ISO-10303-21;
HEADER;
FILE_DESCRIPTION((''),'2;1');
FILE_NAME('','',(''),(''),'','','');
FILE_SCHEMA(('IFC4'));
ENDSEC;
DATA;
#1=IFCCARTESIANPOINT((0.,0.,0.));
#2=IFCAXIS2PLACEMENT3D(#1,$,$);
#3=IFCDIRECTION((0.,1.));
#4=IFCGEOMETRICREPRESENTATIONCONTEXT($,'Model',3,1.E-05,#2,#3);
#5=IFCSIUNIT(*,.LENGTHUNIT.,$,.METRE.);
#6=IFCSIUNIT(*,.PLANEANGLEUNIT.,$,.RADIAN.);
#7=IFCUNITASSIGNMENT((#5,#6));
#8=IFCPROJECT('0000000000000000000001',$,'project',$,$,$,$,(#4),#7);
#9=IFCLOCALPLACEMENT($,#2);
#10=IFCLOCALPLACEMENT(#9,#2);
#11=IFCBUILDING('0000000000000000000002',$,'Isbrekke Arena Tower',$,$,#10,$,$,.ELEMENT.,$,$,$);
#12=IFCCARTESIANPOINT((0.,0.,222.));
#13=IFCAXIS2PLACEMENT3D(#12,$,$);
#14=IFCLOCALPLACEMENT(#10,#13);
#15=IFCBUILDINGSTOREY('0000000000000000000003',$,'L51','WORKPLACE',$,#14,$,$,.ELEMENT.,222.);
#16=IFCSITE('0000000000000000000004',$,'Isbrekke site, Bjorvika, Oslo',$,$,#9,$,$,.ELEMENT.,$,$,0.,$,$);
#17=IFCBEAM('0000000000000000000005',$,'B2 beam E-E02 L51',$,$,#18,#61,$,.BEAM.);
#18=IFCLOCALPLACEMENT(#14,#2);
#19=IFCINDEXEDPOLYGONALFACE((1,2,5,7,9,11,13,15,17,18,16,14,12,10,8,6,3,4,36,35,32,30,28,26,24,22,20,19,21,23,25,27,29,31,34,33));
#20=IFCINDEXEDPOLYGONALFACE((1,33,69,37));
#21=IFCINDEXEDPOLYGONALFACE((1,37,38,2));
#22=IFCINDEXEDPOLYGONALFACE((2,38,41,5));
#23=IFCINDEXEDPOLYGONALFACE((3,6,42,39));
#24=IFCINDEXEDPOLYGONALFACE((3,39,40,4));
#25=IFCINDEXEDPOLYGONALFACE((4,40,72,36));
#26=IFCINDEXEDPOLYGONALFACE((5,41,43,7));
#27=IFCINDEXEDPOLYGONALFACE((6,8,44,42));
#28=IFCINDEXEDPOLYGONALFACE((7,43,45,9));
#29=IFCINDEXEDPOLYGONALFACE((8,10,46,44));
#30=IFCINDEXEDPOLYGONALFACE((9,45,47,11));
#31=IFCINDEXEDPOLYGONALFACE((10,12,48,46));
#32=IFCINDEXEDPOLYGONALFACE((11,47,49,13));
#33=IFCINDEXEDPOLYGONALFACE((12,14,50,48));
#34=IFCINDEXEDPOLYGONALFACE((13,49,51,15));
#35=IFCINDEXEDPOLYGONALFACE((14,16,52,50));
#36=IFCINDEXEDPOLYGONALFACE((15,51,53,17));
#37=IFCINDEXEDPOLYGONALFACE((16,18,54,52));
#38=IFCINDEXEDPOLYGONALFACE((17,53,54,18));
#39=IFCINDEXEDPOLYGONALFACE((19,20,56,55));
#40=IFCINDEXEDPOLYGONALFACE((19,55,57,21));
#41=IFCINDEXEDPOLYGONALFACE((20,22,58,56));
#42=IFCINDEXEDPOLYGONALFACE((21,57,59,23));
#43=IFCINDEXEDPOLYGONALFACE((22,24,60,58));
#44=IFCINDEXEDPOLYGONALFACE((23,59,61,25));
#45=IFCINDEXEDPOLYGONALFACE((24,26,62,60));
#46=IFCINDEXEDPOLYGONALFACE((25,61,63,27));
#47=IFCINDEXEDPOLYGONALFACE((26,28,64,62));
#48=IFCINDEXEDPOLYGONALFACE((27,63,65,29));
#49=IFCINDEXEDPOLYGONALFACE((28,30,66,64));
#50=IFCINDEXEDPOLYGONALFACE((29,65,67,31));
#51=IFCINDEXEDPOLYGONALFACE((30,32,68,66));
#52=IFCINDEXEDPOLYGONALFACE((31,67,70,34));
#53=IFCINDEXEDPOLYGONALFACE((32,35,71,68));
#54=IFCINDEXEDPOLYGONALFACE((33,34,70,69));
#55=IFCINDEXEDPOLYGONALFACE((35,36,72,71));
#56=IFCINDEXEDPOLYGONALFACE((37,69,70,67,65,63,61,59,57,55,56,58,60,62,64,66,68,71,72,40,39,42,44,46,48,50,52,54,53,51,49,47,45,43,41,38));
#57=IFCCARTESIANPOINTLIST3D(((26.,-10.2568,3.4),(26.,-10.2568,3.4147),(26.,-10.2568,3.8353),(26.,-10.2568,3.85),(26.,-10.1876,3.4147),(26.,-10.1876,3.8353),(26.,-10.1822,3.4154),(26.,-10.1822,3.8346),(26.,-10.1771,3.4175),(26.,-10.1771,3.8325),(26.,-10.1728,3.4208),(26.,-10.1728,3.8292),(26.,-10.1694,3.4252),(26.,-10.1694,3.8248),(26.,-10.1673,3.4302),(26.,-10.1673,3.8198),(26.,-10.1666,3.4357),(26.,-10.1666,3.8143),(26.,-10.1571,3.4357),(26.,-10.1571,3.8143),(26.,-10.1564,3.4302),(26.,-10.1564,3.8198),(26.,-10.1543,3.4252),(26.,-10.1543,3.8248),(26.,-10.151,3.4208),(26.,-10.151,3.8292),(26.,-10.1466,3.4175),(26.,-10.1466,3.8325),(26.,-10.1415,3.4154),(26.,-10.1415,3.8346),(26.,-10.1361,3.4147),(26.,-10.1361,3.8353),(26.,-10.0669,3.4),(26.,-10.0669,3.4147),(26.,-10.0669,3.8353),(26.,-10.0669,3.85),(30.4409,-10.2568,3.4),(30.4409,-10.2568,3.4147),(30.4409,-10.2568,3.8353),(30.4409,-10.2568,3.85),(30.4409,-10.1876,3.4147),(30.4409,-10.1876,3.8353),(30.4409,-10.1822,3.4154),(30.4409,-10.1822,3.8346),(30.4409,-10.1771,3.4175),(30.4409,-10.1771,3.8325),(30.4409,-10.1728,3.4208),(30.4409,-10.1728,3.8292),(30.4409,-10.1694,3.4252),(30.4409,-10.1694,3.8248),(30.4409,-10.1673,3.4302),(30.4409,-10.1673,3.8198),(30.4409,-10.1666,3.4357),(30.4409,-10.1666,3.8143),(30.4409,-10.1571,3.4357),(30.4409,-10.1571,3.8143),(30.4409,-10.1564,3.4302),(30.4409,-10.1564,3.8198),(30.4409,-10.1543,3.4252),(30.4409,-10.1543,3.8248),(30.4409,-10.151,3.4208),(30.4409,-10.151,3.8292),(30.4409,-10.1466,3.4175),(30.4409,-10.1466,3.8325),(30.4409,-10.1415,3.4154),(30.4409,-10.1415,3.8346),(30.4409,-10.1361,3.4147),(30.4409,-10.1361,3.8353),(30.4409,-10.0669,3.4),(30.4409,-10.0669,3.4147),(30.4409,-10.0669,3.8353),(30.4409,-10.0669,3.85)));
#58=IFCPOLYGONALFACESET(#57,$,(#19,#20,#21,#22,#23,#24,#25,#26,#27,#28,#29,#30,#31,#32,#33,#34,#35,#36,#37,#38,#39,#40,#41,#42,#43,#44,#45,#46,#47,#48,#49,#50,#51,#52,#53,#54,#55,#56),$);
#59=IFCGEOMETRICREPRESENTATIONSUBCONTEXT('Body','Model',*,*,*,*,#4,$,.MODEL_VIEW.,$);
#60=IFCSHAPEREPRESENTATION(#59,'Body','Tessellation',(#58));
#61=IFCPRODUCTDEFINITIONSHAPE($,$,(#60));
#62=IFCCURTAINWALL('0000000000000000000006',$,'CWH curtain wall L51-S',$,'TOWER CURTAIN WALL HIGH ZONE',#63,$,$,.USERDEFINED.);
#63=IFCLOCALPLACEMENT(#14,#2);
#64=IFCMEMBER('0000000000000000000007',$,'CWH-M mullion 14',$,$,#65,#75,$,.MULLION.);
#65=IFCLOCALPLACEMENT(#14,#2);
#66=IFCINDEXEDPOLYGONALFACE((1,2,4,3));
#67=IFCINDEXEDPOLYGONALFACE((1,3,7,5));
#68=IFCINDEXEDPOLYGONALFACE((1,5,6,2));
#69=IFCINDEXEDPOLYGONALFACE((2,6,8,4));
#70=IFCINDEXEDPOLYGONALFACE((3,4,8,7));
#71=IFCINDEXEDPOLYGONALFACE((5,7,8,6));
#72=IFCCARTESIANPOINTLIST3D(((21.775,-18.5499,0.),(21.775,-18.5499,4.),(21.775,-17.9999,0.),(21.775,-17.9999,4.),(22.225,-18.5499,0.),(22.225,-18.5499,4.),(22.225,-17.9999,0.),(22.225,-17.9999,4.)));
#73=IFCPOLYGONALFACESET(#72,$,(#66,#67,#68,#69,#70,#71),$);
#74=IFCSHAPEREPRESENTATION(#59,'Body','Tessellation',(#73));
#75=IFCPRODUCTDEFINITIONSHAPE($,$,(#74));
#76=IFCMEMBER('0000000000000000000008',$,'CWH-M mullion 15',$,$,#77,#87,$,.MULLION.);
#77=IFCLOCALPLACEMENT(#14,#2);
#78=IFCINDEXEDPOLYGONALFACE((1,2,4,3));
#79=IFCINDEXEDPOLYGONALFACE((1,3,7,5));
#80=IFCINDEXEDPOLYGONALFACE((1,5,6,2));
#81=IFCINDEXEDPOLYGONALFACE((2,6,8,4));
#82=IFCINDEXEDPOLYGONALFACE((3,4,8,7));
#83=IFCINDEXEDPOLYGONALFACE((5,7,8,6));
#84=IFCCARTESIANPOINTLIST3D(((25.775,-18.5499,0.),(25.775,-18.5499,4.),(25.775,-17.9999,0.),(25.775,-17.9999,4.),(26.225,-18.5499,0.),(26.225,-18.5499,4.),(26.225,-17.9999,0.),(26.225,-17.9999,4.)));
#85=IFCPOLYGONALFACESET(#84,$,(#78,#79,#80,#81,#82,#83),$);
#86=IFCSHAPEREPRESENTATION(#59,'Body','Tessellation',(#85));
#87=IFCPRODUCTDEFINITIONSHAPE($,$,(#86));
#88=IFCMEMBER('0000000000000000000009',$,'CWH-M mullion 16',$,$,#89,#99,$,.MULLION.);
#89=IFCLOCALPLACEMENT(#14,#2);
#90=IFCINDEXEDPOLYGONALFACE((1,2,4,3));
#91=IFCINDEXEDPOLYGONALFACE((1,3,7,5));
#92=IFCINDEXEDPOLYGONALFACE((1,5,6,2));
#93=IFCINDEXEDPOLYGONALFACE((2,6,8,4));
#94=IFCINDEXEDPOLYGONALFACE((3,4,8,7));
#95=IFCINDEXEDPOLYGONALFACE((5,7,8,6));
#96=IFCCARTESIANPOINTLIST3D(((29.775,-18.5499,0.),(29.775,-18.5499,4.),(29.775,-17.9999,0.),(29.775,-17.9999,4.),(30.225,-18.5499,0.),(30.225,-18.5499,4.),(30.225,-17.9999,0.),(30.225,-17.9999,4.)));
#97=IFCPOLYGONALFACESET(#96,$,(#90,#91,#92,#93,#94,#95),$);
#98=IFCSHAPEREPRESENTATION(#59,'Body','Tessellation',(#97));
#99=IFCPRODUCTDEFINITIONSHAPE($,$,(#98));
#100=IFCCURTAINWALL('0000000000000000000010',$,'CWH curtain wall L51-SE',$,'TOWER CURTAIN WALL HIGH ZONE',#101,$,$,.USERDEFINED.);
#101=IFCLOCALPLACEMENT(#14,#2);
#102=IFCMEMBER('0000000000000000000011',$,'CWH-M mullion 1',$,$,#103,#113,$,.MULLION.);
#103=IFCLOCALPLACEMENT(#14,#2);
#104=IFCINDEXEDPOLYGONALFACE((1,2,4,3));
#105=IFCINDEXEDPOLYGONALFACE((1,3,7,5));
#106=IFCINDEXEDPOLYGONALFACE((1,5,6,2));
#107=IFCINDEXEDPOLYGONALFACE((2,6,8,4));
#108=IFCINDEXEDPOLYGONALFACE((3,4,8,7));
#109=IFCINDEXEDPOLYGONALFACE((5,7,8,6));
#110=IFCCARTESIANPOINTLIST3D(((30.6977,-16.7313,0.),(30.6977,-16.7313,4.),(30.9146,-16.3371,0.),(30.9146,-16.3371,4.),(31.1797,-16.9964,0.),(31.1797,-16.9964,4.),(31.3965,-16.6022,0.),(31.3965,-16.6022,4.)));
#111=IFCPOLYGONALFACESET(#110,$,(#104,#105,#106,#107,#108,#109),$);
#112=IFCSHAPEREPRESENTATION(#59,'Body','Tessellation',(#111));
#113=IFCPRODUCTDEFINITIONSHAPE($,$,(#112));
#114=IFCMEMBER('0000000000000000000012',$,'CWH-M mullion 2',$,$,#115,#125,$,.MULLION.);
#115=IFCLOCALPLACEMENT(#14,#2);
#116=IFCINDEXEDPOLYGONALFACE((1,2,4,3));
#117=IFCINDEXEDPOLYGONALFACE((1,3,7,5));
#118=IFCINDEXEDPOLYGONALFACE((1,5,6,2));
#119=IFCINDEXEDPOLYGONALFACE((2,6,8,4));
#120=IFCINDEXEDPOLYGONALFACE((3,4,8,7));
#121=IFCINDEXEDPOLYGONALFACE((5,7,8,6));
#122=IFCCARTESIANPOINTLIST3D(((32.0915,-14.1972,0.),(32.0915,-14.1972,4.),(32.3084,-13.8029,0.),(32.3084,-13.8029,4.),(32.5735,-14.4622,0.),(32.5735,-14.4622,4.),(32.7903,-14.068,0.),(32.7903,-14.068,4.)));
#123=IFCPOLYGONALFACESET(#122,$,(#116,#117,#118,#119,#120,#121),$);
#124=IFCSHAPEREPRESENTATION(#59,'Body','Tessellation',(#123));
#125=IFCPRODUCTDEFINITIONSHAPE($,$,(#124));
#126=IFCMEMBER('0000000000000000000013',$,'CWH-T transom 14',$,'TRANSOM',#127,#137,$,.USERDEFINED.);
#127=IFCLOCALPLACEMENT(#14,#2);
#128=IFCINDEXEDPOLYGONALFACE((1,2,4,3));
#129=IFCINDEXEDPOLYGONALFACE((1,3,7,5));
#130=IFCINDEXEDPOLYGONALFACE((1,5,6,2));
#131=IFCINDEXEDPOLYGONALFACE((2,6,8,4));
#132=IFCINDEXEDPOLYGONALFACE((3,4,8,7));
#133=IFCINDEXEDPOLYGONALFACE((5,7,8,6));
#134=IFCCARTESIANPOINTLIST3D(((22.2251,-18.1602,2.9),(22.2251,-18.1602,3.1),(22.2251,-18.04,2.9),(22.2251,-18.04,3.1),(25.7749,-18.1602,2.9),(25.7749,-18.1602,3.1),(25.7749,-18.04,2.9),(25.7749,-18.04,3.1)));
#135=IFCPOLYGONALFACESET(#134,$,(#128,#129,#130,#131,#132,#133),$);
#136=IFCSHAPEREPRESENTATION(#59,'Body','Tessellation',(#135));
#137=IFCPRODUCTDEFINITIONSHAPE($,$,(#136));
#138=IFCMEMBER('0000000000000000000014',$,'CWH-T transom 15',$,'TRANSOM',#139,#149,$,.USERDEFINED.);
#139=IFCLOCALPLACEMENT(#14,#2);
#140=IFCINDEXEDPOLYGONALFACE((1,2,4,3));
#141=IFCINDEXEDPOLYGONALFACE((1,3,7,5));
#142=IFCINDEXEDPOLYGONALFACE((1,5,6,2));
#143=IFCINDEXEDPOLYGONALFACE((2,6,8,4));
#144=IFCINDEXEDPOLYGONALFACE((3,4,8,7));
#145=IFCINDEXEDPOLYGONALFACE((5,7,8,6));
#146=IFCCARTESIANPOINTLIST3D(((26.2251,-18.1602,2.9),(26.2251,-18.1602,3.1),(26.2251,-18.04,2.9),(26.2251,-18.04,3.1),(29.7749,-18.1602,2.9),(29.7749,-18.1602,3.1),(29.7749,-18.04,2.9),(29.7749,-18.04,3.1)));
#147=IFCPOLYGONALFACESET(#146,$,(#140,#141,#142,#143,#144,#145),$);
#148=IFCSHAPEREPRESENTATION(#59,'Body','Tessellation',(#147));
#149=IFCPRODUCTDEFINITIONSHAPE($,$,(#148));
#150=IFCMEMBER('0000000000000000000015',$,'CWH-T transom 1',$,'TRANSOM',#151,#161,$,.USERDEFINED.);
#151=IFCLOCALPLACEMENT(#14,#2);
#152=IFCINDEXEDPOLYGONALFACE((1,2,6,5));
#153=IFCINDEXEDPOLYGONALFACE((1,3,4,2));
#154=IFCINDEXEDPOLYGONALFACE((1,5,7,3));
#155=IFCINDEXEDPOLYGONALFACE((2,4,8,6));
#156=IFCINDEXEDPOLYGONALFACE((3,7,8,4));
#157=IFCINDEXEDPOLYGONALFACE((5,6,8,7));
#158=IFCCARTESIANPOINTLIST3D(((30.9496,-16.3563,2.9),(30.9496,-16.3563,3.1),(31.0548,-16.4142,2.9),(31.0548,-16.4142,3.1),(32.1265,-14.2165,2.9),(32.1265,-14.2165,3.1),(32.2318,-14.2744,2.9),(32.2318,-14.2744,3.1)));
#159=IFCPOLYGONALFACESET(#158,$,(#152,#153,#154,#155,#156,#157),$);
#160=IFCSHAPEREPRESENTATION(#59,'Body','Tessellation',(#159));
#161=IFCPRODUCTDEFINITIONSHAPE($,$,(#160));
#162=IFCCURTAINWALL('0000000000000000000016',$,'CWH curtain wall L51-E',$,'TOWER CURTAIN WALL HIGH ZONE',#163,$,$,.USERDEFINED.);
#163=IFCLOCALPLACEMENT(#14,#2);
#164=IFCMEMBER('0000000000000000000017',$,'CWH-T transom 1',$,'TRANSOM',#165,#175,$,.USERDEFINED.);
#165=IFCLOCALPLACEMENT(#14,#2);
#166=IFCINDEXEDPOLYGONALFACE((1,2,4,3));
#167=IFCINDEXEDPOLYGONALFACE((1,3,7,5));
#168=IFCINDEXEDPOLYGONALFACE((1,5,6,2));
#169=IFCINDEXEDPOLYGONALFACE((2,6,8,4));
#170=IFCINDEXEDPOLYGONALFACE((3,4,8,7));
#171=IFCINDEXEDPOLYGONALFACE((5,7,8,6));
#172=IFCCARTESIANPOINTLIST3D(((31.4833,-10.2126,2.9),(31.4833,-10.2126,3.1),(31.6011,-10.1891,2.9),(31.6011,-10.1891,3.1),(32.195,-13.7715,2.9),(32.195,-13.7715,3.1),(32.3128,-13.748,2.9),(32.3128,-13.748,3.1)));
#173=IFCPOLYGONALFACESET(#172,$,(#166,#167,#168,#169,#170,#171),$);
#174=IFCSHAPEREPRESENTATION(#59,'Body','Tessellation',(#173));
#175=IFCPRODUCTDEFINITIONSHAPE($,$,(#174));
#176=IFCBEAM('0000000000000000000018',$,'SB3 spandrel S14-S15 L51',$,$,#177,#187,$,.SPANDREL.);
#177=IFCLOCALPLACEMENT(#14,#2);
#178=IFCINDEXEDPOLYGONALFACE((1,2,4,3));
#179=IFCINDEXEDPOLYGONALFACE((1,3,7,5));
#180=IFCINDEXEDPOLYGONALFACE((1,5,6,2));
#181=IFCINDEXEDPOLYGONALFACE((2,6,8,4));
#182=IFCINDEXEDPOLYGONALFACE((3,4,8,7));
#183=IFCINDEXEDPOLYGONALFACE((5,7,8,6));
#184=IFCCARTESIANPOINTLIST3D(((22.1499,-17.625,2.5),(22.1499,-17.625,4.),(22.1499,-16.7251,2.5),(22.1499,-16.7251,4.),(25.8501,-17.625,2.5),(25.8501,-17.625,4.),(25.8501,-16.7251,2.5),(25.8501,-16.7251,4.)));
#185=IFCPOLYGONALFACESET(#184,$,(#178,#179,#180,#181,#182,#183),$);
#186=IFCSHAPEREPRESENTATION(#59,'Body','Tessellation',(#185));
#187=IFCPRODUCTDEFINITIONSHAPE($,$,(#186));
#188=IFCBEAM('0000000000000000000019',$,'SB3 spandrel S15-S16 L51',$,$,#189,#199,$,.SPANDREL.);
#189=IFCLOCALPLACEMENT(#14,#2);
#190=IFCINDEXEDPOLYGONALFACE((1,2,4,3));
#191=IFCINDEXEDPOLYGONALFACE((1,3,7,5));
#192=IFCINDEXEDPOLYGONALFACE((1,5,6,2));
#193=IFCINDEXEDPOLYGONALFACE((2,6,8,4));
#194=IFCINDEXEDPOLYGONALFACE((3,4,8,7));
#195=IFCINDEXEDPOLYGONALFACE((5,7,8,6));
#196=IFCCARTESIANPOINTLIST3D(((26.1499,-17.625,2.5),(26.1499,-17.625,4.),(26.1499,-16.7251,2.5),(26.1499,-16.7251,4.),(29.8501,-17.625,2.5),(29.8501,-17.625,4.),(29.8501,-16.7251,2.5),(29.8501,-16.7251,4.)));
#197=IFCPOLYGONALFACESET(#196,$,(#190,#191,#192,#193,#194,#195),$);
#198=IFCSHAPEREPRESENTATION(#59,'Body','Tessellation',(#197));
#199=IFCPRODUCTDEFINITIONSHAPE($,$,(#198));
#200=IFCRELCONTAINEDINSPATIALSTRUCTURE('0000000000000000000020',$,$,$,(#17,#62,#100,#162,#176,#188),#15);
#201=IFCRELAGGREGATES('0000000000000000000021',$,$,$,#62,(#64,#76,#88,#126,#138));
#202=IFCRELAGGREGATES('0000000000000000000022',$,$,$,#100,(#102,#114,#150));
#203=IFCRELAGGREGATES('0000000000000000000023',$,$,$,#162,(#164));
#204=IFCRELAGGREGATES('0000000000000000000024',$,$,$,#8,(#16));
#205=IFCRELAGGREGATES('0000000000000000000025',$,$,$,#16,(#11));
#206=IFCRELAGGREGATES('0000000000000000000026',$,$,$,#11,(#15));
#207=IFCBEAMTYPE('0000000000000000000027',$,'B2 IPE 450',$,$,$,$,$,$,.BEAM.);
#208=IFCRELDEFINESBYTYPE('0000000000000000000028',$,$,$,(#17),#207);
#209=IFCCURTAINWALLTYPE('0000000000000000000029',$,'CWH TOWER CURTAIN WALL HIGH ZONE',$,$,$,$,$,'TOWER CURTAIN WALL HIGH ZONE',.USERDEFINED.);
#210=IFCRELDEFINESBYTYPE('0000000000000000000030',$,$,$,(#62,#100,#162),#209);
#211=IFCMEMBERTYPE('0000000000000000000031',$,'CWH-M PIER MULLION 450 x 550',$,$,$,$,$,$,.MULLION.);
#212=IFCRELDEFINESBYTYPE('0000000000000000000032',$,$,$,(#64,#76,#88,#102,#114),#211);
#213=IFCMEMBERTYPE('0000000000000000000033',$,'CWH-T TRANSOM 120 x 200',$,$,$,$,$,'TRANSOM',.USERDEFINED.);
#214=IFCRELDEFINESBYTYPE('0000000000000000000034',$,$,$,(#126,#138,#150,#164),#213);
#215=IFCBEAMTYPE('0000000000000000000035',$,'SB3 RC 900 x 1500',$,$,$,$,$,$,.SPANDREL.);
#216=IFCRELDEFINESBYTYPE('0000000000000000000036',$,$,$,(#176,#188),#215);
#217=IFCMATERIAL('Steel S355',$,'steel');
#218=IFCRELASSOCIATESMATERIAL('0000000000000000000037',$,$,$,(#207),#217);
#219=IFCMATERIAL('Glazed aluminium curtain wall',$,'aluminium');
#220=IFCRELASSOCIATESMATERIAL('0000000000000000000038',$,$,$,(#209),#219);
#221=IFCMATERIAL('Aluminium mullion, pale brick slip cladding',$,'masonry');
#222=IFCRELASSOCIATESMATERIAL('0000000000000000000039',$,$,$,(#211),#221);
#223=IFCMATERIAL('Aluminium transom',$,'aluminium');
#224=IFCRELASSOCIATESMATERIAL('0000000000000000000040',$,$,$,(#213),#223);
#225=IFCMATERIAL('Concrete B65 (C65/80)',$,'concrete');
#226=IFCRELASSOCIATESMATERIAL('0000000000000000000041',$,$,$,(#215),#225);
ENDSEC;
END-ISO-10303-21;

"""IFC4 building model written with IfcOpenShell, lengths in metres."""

from ifc_helpers import new_model, si_unit, direction, frame, origin, origin_2d, place, context, subcontext, project, spatial, rectangle, i_section, extrude, material, material_profile, profile_set, type_object, element, aggregate, save


model = new_model("IFC4")

# Units and contexts
model_context = context("Model", 3, precision=1e-05, world=origin(), true_north=direction((0.0, 1.0)))
body_context = subcontext(model_context, "Body", "Model", "MODEL_VIEW")
ifc_project = project(units=[si_unit("LENGTHUNIT", "METRE"), si_unit("PLANEANGLEUNIT", "RADIAN")], contexts=[model_context])

# Site, building, storey
site_placement = place(None, origin())
site = spatial("IfcSite", under=ifc_project, at=site_placement, Name="Isbrekke site, Bjorvika, Oslo", CompositionType="ELEMENT", RefElevation=0.0)
building_placement = place(site_placement, origin())
building = spatial("IfcBuilding", under=site, at=building_placement, Name="Isbrekke Arena Tower", CompositionType="ELEMENT")
storey_placement = place(building_placement, frame((0.0, 0.0, 222.0)))
storey = spatial("IfcBuildingStorey", under=building, at=storey_placement, Name="L51", Description="WORKPLACE", CompositionType="ELEMENT", Elevation=222.0)

# Beam
ifc_material_1 = material(Name="Steel S355", Category="steel")
ifc_material_profile_1 = material_profile(ifc_material_1, i_section(OverallWidth=0.1899, OverallDepth=0.45, WebThickness=0.0095, FlangeThickness=0.0146, FilletRadius=0.021, at=origin_2d()), Name="IPE 450")
ifc_profile_set_1 = profile_set([ifc_material_profile_1], Name="Steel S355")
beam_type_1 = type_object("IfcBeamType", Name="B2 IPE 450", PredefinedType="BEAM", material=ifc_profile_set_1)
beam_1_placement = place(storey_placement, frame((30.4409, -10.1619, 3.625), z_axis=(-1.0, 0.0, 0.0), x_axis=(0.0, -1.0, 0.0)))
element("IfcBeam", 1, at=beam_1_placement, inside=storey, type_object=beam_type_1, Name="B2 beam E-E02 L51", PredefinedType="BEAM", context=body_context, shape_type="SweptSolid", body=[
    extrude(i_section(OverallWidth=0.1899, OverallDepth=0.45, WebThickness=0.0095, FlangeThickness=0.0146, FilletRadius=0.021, at=origin_2d()), origin(), (0.0, 0.0, 1.0), 4.4409),
])

# Curtain walls, members
ifc_material_2 = material(Name="Glazed aluminium curtain wall", Category="aluminium")
curtain_wall_type = type_object("IfcCurtainWallType", Name="CWH TOWER CURTAIN WALL HIGH ZONE", ElementType="TOWER CURTAIN WALL HIGH ZONE", PredefinedType="USERDEFINED", material=ifc_material_2)
curtain_wall_1_placement = place(storey_placement, origin())
curtain_wall_1 = element("IfcCurtainWall", 2, at=curtain_wall_1_placement, inside=storey, type_object=curtain_wall_type, Name="CWH curtain wall L51-S", ObjectType="TOWER CURTAIN WALL HIGH ZONE", PredefinedType="USERDEFINED")
ifc_material_3 = material(Name="Aluminium mullion, pale brick slip cladding", Category="masonry")
ifc_material_profile_2 = material_profile(ifc_material_3, rectangle(XDim=0.45, YDim=0.55, at=origin_2d()), Name="PIER 450X550")
ifc_profile_set_2 = profile_set([ifc_material_profile_2], Name="Aluminium mullion, pale brick slip cladding")
member_type_1 = type_object("IfcMemberType", Name="CWH-M PIER MULLION 450 x 550", PredefinedType="MULLION", material=ifc_profile_set_2)
member_1_placement = place(storey_placement, frame((22.0, -18.2749, 0.0), z_axis=(0.0, 0.0, 1.0), x_axis=(1.0, 0.0, 0.0)))
member_1 = element("IfcMember", 3, at=member_1_placement, type_object=member_type_1, Name="CWH-M mullion 14", PredefinedType="MULLION", context=body_context, shape_type="SweptSolid", body=[
    extrude(rectangle(XDim=0.45, YDim=0.55, at=origin_2d()), origin(), (0.0, 0.0, 1.0), 4.0),
])
member_2_placement = place(storey_placement, frame((26.0, -18.2749, 0.0), z_axis=(0.0, 0.0, 1.0), x_axis=(1.0, 0.0, 0.0)))
member_2 = element("IfcMember", 4, at=member_2_placement, type_object=member_type_1, Name="CWH-M mullion 15", PredefinedType="MULLION", context=body_context, shape_type="SweptSolid", body=[
    extrude(rectangle(XDim=0.45, YDim=0.55, at=origin_2d()), origin(), (0.0, 0.0, 1.0), 4.0),
])
member_3_placement = place(storey_placement, frame((30.0, -18.2749, 0.0), z_axis=(0.0, 0.0, 1.0), x_axis=(1.0, 0.0, 0.0)))
member_3 = element("IfcMember", 5, at=member_3_placement, type_object=member_type_1, Name="CWH-M mullion 16", PredefinedType="MULLION", context=body_context, shape_type="SweptSolid", body=[
    extrude(rectangle(XDim=0.45, YDim=0.55, at=origin_2d()), origin(), (0.0, 0.0, 1.0), 4.0),
])
curtain_wall_2_placement = place(storey_placement, origin())
curtain_wall_2 = element("IfcCurtainWall", 6, at=curtain_wall_2_placement, inside=storey, type_object=curtain_wall_type, Name="CWH curtain wall L51-SE", ObjectType="TOWER CURTAIN WALL HIGH ZONE", PredefinedType="USERDEFINED")
member_4_placement = place(storey_placement, frame((31.0471, -16.6667, 0.0), z_axis=(0.0, 0.0, 1.0), x_axis=(0.481919, 0.876216, 0.0)))
member_4 = element("IfcMember", 7, at=member_4_placement, type_object=member_type_1, Name="CWH-M mullion 1", PredefinedType="MULLION", context=body_context, shape_type="SweptSolid", body=[
    extrude(rectangle(XDim=0.45, YDim=0.55, at=origin_2d()), origin(), (0.0, 0.0, 1.0), 4.0),
])
member_5_placement = place(storey_placement, frame((32.4409, -14.1326, 0.0), z_axis=(0.0, 0.0, 1.0), x_axis=(0.481919, 0.876216, 0.0)))
member_5 = element("IfcMember", 8, at=member_5_placement, type_object=member_type_1, Name="CWH-M mullion 2", PredefinedType="MULLION", context=body_context, shape_type="SweptSolid", body=[
    extrude(rectangle(XDim=0.45, YDim=0.55, at=origin_2d()), origin(), (0.0, 0.0, 1.0), 4.0),
])

# Members
ifc_material_4 = material(Name="Aluminium transom", Category="aluminium")
ifc_material_profile_3 = material_profile(ifc_material_4, rectangle(XDim=0.1201, YDim=0.2, at=origin_2d()), Name="TRANSOM 120X200")
ifc_profile_set_3 = profile_set([ifc_material_profile_3], Name="Aluminium transom")
member_type_2 = type_object("IfcMemberType", Name="CWH-T TRANSOM 120 x 200", ElementType="TRANSOM", PredefinedType="USERDEFINED", material=ifc_profile_set_3)
member_6_placement = place(storey_placement, frame((22.2251, -18.1001, 3.0), z_axis=(1.0, 0.0, 0.0), x_axis=(0.0, 1.0, 0.0)))
member_6 = element("IfcMember", 9, at=member_6_placement, type_object=member_type_2, Name="CWH-T transom 14", ObjectType="TRANSOM", PredefinedType="USERDEFINED", context=body_context, shape_type="SweptSolid", body=[
    extrude(rectangle(XDim=0.1201, YDim=0.2, at=origin_2d()), origin(), (0.0, 0.0, 1.0), 3.5498),
])
member_7_placement = place(storey_placement, frame((26.2251, -18.1001, 3.0), z_axis=(1.0, 0.0, 0.0), x_axis=(0.0, 1.0, 0.0)))
member_7 = element("IfcMember", 10, at=member_7_placement, type_object=member_type_2, Name="CWH-T transom 15", ObjectType="TRANSOM", PredefinedType="USERDEFINED", context=body_context, shape_type="SweptSolid", body=[
    extrude(rectangle(XDim=0.1201, YDim=0.2, at=origin_2d()), origin(), (0.0, 0.0, 1.0), 3.5498),
])
member_8_placement = place(storey_placement, frame((31.0022, -16.3853, 3.0), z_axis=(0.481938, 0.876205, 0.0), x_axis=(-0.876205, 0.481938, 0.0)))
member_8 = element("IfcMember", 11, at=member_8_placement, type_object=member_type_2, Name="CWH-T transom 1", ObjectType="TRANSOM", PredefinedType="USERDEFINED", context=body_context, shape_type="SweptSolid", body=[
    extrude(rectangle(XDim=0.1201, YDim=0.2, at=origin_2d()), origin(), (0.0, 0.0, 1.0), 2.4421),
])

# Curtain wall, member
curtain_wall_3_placement = place(storey_placement, origin())
curtain_wall_3 = element("IfcCurtainWall", 12, at=curtain_wall_3_placement, inside=storey, type_object=curtain_wall_type, Name="CWH curtain wall L51-E", ObjectType="TOWER CURTAIN WALL HIGH ZONE", PredefinedType="USERDEFINED")
member_9_placement = place(storey_placement, frame((32.2539, -13.7598, 3.0), z_axis=(-0.19609, 0.980586, 0.0), x_axis=(-0.980586, -0.19609, 0.0)))
member_9 = element("IfcMember", 13, at=member_9_placement, type_object=member_type_2, Name="CWH-T transom 1", ObjectType="TRANSOM", PredefinedType="USERDEFINED", context=body_context, shape_type="SweptSolid", body=[
    extrude(rectangle(XDim=0.1201, YDim=0.2, at=origin_2d()), origin(), (0.0, 0.0, 1.0), 3.6294),
])

# Beams
ifc_material_5 = material(Name="Concrete B65 (C65/80)", Category="concrete")
ifc_material_profile_4 = material_profile(ifc_material_5, rectangle(XDim=0.8999, YDim=1.5, at=origin_2d()), Name="RC 900x1500")
ifc_profile_set_4 = profile_set([ifc_material_profile_4], Name="Concrete B65 (C65/80)")
beam_type_2 = type_object("IfcBeamType", Name="SB3 RC 900 x 1500", PredefinedType="SPANDREL", material=ifc_profile_set_4)
for number, where, z_axis, x_axis, name in (
    (14, (22.1499, -17.175, 3.25), (1.0, 0.0, 0.0), (0.0, 1.0, 0.0), "SB3 spandrel S14-S15 L51"),
    (15, (26.1499, -17.175, 3.25), (1.0, 0.0, 0.0), (0.0, 1.0, 0.0), "SB3 spandrel S15-S16 L51"),
):
    element("IfcBeam", number, at=place(storey_placement, frame(where, z_axis=z_axis, x_axis=x_axis)), inside=storey, type_object=beam_type_2, Name=name, PredefinedType="SPANDREL", context=body_context, shape_type="SweptSolid", body=[
        extrude(rectangle(XDim=0.8999, YDim=1.5, at=origin_2d()), origin(), (0.0, 0.0, 1.0), 3.7002),
    ])

aggregate(curtain_wall_1, [member_1, member_2, member_3, member_6, member_7])
aggregate(curtain_wall_2, [member_4, member_5, member_8])
aggregate(curtain_wall_3, [member_9])

save(model, "model.ifc")
